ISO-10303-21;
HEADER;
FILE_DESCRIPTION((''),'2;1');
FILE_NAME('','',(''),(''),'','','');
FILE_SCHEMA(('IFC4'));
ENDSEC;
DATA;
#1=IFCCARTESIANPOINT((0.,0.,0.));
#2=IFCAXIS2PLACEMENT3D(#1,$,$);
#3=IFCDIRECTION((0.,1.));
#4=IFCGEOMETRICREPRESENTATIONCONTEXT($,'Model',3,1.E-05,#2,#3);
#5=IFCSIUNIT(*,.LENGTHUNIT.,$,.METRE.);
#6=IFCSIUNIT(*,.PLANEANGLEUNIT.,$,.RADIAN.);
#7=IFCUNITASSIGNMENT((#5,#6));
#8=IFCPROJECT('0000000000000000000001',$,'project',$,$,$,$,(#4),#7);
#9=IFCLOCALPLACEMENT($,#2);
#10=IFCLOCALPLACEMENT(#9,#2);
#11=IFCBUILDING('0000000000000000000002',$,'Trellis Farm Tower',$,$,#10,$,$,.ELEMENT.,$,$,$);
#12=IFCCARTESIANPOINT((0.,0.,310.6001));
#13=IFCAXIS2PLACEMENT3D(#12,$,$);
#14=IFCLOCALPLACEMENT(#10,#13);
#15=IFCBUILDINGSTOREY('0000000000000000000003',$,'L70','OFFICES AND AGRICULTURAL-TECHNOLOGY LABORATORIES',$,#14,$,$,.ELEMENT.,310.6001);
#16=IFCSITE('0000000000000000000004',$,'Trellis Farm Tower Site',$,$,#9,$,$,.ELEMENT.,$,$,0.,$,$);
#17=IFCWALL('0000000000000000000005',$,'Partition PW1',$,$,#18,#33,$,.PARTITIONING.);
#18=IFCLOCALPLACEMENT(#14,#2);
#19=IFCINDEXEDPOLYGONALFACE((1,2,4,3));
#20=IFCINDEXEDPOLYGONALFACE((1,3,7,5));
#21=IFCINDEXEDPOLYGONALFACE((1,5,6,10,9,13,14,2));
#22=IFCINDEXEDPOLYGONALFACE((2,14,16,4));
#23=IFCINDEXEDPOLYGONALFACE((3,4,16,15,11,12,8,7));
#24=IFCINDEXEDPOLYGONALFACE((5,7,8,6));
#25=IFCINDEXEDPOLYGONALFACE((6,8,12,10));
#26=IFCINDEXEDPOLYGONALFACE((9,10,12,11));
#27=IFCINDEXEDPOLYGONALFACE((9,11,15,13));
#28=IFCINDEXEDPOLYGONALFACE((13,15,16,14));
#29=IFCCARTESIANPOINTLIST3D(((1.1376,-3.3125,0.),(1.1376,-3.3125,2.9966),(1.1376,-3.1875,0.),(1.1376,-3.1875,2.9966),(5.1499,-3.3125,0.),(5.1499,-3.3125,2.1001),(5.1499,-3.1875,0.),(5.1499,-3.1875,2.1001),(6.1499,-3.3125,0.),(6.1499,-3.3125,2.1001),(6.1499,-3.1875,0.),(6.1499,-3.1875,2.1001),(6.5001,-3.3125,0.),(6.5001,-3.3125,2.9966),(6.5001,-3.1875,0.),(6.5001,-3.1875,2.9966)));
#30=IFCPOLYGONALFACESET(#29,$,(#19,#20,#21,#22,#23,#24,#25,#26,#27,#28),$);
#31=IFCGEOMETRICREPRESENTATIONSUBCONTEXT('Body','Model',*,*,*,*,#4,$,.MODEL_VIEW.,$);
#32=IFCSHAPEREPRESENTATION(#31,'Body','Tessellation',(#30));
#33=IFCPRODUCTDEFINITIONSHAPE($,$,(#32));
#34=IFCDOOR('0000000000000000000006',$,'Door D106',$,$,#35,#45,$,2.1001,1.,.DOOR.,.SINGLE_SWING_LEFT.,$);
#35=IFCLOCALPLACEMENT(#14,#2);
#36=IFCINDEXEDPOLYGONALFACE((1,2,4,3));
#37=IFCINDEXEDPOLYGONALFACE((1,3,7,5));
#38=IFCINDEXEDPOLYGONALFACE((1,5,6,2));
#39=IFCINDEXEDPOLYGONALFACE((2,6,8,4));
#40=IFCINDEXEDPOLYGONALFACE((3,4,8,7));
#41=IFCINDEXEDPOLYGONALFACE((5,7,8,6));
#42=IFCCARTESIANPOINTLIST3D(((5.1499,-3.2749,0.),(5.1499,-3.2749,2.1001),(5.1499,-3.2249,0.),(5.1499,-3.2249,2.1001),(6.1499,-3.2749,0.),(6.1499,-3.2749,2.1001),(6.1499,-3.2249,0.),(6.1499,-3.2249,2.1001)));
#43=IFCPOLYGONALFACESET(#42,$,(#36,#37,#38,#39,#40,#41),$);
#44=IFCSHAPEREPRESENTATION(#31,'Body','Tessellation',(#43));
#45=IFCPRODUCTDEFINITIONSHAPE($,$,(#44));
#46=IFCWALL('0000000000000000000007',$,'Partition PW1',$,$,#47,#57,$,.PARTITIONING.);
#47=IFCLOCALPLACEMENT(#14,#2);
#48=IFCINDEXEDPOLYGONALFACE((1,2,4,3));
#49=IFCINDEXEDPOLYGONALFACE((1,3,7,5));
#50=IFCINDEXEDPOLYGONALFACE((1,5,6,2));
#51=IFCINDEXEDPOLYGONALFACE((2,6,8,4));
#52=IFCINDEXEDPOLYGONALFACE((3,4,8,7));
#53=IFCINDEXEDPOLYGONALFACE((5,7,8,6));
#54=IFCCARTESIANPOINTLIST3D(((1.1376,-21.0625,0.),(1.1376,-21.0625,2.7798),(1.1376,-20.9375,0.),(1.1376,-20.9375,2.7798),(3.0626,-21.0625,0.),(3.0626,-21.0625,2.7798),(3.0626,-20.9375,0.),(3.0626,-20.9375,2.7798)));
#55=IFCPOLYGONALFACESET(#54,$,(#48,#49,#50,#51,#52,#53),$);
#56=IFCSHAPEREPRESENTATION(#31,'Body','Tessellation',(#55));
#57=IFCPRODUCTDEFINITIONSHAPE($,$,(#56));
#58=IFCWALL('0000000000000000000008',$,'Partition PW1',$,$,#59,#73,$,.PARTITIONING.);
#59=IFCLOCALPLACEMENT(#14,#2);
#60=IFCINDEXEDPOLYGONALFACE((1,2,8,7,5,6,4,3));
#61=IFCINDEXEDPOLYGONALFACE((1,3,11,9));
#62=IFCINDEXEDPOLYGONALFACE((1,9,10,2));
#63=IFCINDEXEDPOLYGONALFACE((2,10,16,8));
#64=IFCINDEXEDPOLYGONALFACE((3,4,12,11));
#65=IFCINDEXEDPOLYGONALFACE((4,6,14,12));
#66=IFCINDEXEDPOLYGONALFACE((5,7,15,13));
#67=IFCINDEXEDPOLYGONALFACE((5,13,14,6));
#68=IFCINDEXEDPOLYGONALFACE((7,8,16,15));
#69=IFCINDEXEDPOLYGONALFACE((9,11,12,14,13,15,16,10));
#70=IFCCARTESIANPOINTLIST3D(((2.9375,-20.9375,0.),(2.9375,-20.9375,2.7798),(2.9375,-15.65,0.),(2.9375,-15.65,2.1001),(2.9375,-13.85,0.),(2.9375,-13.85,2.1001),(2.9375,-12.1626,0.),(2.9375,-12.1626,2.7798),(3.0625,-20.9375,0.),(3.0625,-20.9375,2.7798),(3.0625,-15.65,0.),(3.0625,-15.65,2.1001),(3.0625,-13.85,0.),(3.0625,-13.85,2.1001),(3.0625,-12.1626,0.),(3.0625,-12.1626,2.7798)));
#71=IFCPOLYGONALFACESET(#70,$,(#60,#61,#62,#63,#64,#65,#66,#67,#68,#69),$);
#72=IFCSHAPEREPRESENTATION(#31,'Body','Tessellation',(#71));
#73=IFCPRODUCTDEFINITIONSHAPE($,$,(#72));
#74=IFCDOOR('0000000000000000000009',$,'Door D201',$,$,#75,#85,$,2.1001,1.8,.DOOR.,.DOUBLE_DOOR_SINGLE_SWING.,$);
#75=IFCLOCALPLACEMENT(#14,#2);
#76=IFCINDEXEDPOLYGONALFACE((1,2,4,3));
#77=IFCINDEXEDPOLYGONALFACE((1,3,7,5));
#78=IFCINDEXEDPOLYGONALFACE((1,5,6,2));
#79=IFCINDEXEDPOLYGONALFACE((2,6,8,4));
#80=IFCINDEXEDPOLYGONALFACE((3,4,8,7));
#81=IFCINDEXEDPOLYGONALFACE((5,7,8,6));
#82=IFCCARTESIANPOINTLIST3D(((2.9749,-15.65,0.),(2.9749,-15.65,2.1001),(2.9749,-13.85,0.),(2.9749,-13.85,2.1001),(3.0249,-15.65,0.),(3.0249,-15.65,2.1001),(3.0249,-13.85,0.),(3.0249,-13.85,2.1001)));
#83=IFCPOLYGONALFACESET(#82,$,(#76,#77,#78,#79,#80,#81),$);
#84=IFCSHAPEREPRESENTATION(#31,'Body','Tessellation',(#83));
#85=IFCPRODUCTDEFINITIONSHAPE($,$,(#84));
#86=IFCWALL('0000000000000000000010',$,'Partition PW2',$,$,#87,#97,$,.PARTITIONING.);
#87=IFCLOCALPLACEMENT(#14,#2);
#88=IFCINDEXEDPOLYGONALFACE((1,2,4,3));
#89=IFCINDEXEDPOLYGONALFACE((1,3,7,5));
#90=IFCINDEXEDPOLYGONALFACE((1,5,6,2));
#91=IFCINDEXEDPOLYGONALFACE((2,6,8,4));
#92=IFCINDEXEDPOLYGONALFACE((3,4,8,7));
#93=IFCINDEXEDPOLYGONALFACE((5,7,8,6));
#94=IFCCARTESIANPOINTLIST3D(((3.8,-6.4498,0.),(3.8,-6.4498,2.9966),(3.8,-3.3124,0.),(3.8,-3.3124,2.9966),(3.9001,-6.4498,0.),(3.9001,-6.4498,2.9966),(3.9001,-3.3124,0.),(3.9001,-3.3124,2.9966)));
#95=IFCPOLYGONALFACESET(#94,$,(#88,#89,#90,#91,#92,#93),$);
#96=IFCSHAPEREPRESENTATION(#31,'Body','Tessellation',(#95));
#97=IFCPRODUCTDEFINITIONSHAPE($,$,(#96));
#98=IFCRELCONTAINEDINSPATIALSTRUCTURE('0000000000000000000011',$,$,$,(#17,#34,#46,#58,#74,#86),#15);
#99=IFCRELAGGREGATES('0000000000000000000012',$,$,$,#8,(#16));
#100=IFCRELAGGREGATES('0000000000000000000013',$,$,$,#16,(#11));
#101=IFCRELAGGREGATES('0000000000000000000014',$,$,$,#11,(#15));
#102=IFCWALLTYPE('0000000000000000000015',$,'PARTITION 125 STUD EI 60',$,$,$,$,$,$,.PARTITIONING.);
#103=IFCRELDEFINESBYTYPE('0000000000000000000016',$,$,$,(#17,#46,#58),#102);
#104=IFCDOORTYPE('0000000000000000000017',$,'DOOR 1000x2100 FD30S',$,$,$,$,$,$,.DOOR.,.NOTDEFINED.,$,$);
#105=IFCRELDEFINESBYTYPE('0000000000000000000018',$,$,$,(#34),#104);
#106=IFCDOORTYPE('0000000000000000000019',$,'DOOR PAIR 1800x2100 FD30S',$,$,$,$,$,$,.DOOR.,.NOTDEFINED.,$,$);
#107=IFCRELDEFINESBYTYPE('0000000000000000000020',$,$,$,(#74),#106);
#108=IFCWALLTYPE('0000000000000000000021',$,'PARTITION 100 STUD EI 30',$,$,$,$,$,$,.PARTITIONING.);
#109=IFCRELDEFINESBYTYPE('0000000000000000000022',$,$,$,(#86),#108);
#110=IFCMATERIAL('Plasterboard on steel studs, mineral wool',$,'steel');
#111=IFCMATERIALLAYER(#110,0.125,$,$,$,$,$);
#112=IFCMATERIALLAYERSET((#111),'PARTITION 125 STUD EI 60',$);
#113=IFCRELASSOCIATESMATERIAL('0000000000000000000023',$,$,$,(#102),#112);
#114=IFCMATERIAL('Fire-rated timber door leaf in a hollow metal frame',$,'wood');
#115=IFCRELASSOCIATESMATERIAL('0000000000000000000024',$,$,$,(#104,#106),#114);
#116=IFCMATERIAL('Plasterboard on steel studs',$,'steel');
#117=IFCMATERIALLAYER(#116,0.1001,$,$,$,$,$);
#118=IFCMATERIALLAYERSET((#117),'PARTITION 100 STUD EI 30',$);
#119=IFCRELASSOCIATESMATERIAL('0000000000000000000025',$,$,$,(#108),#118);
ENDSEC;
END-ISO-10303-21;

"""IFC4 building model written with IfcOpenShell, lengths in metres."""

from ifc_helpers import new_model, si_unit, direction, frame, frame_2d, origin, place, context, subcontext, project, spatial, rectangle, extrude, source, transform, mapped, material, layer, layer_set, type_object, element, fill, save


model = new_model("IFC4")

# Units and contexts
model_context = context("Model", 3, precision=1e-05, world=origin(), true_north=direction((0.0, 1.0)))
body_context = subcontext(model_context, "Body", "Model", "MODEL_VIEW")
ifc_project = project(units=[si_unit("LENGTHUNIT", "METRE"), si_unit("PLANEANGLEUNIT", "RADIAN")], contexts=[model_context])

# Site, building, storey
site_placement = place(None, origin())
site = spatial("IfcSite", under=ifc_project, at=site_placement, Name="Trellis Farm Tower Site", CompositionType="ELEMENT", RefElevation=0.0)
building_placement = place(site_placement, origin())
building = spatial("IfcBuilding", under=site, at=building_placement, Name="Trellis Farm Tower", CompositionType="ELEMENT")
storey_placement = place(building_placement, frame((0.0, 0.0, 310.6001)))
storey = spatial("IfcBuildingStorey", under=building, at=storey_placement, Name="L70", Description="OFFICES AND AGRICULTURAL-TECHNOLOGY LABORATORIES", CompositionType="ELEMENT", Elevation=310.6001)

# Shared definitions
shared_shape_1 = source(origin(), body_context, "Body", "SweptSolid", [
    extrude(rectangle(XDim=1.0, YDim=2.1001, at=frame_2d((0.5, 1.05))), frame((0.0, 0.0249, 0.0), z_axis=(0.0, -1.0, 0.0), x_axis=(1.0, 0.0, 0.0)), (0.0, 0.0, 1.0), 0.05),
])

# Wall, opening, door
ifc_material_1 = material(Name="Plasterboard on steel studs, mineral wool", Category="steel")
ifc_layer_1 = layer(ifc_material_1, 0.125)
ifc_layer_set_1 = layer_set([ifc_layer_1], Name="PARTITION 125 STUD EI 60")
wall_type_1 = type_object("IfcWallType", Name="PARTITION 125 STUD EI 60", PredefinedType="PARTITIONING", material=ifc_layer_set_1)
shared_shape_2 = source(origin(), body_context, "Body", "SweptSolid", [
    extrude(rectangle(XDim=5.3625, YDim=0.125, at=frame_2d((2.6812, 0.0))), origin(), (0.0, 0.0, 1.0), 2.9966),
])
wall_1_placement = place(storey_placement, frame((6.5, -3.25, 0.0), z_axis=(0.0, 0.0, 1.0), x_axis=(-1.0, 0.0, 0.0)))
wall_1 = element("IfcWall", 1, at=wall_1_placement, inside=storey, type_object=wall_type_1, Name="Partition PW1", PredefinedType="PARTITIONING", context=body_context, shape_type="MappedRepresentation", body=[
    mapped(shared_shape_2, transform((0.0, 0.0, 0.0))),
])
shared_shape_3 = source(origin(), body_context, "Body", "SweptSolid", [
    extrude(rectangle(XDim=1.0, YDim=2.1001, at=frame_2d((0.5, 1.05))), frame((0.0, 0.0725, 0.0), z_axis=(0.0, -1.0, 0.0), x_axis=(1.0, 0.0, 0.0)), (0.0, 0.0, 1.0), 0.145),
])
opening_1_placement = place(wall_1_placement, frame((0.3501, 0.0, 0.0)))
opening_1 = element("IfcOpeningElement", 2, at=opening_1_placement, cuts=wall_1, PredefinedType="OPENING", context=body_context, shape_type="MappedRepresentation", body=[
    mapped(shared_shape_3, transform((0.0, 0.0, 0.0))),
])
ifc_material_2 = material(Name="Fire-rated timber door leaf in a hollow metal frame", Category="wood")
door_type_1 = type_object("IfcDoorType", Name="DOOR 1000x2100 FD30S", OperationType="NOTDEFINED", PredefinedType="DOOR", material=ifc_material_2)
door_1_placement = place(opening_1_placement, origin())
door_1 = element("IfcDoor", 3, at=door_1_placement, inside=storey, type_object=door_type_1, Name="Door D106", OperationType="SINGLE_SWING_LEFT", OverallHeight=2.1001, OverallWidth=1.0, PredefinedType="DOOR", context=body_context, shape_type="MappedRepresentation", body=[
    mapped(shared_shape_1, transform((0.0, 0.0, 0.0))),
])
fill(opening_1, door_1)

# Wall
shared_shape_4 = source(origin(), body_context, "Body", "SweptSolid", [
    extrude(rectangle(XDim=1.925, YDim=0.125, at=frame_2d((0.9624, 0.0))), origin(), (0.0, 0.0, 1.0), 2.7798),
])
wall_2_placement = place(storey_placement, frame((3.0625, -21.0, 0.0), z_axis=(0.0, 0.0, 1.0), x_axis=(-1.0, 0.0, 0.0)))
element("IfcWall", 4, at=wall_2_placement, inside=storey, type_object=wall_type_1, Name="Partition PW1", PredefinedType="PARTITIONING", context=body_context, shape_type="MappedRepresentation", body=[
    mapped(shared_shape_4, transform((0.0, 0.0, 0.0))),
])

# Wall, opening, door
shared_shape_5 = source(origin(), body_context, "Body", "SweptSolid", [
    extrude(rectangle(XDim=8.7749, YDim=0.125, at=frame_2d((4.3875, 0.0))), origin(), (0.0, 0.0, 1.0), 2.7798),
])
wall_3_placement = place(storey_placement, frame((3.0, -12.1626, 0.0), z_axis=(0.0, 0.0, 1.0), x_axis=(0.0, -1.0, 0.0)))
wall_3 = element("IfcWall", 5, at=wall_3_placement, inside=storey, type_object=wall_type_1, Name="Partition PW1", PredefinedType="PARTITIONING", context=body_context, shape_type="MappedRepresentation", body=[
    mapped(shared_shape_5, transform((0.0, 0.0, 0.0))),
])
shared_shape_6 = source(origin(), body_context, "Body", "SweptSolid", [
    extrude(rectangle(XDim=1.8, YDim=2.1001, at=frame_2d((0.8999, 1.05))), frame((0.0, 0.0725, 0.0), z_axis=(0.0, -1.0, 0.0), x_axis=(1.0, 0.0, 0.0)), (0.0, 0.0, 1.0), 0.145),
])
opening_2_placement = place(wall_3_placement, frame((1.6875, 0.0, 0.0)))
opening_2 = element("IfcOpeningElement", 6, at=opening_2_placement, cuts=wall_3, PredefinedType="OPENING", context=body_context, shape_type="MappedRepresentation", body=[
    mapped(shared_shape_6, transform((0.0, 0.0, 0.0))),
])
door_type_2 = type_object("IfcDoorType", Name="DOOR PAIR 1800x2100 FD30S", OperationType="NOTDEFINED", PredefinedType="DOOR", material=ifc_material_2)
shared_shape_7 = source(origin(), body_context, "Body", "SweptSolid", [
    extrude(rectangle(XDim=1.8, YDim=2.1001, at=frame_2d((0.8999, 1.05))), frame((0.0, 0.0249, 0.0), z_axis=(0.0, -1.0, 0.0), x_axis=(1.0, 0.0, 0.0)), (0.0, 0.0, 1.0), 0.05),
])
door_2_placement = place(opening_2_placement, origin())
door_2 = element("IfcDoor", 7, at=door_2_placement, inside=storey, type_object=door_type_2, Name="Door D201", OperationType="DOUBLE_DOOR_SINGLE_SWING", OverallHeight=2.1001, OverallWidth=1.8, PredefinedType="DOOR", context=body_context, shape_type="MappedRepresentation", body=[
    mapped(shared_shape_7, transform((0.0, 0.0, 0.0))),
])
fill(opening_2, door_2)

# Wall
ifc_material_3 = material(Name="Plasterboard on steel studs", Category="steel")
ifc_layer_2 = layer(ifc_material_3, 0.1001)
ifc_layer_set_2 = layer_set([ifc_layer_2], Name="PARTITION 100 STUD EI 30")
wall_type_2 = type_object("IfcWallType", Name="PARTITION 100 STUD EI 30", PredefinedType="PARTITIONING", material=ifc_layer_set_2)
shared_shape_8 = source(origin(), body_context, "Body", "SweptSolid", [
    extrude(rectangle(XDim=3.1375, YDim=0.1001, at=frame_2d((1.5688, 0.0))), origin(), (0.0, 0.0, 1.0), 2.9966),
])
wall_4_placement = place(storey_placement, frame((3.8501, -6.45, 0.0), z_axis=(0.0, 0.0, 1.0), x_axis=(0.0, 1.0, 0.0)))
element("IfcWall", 8, at=wall_4_placement, inside=storey, type_object=wall_type_2, Name="Partition PW2", PredefinedType="PARTITIONING", context=body_context, shape_type="MappedRepresentation", body=[
    mapped(shared_shape_8, transform((0.0, 0.0, 0.0))),
])

save(model, "model.ifc")
